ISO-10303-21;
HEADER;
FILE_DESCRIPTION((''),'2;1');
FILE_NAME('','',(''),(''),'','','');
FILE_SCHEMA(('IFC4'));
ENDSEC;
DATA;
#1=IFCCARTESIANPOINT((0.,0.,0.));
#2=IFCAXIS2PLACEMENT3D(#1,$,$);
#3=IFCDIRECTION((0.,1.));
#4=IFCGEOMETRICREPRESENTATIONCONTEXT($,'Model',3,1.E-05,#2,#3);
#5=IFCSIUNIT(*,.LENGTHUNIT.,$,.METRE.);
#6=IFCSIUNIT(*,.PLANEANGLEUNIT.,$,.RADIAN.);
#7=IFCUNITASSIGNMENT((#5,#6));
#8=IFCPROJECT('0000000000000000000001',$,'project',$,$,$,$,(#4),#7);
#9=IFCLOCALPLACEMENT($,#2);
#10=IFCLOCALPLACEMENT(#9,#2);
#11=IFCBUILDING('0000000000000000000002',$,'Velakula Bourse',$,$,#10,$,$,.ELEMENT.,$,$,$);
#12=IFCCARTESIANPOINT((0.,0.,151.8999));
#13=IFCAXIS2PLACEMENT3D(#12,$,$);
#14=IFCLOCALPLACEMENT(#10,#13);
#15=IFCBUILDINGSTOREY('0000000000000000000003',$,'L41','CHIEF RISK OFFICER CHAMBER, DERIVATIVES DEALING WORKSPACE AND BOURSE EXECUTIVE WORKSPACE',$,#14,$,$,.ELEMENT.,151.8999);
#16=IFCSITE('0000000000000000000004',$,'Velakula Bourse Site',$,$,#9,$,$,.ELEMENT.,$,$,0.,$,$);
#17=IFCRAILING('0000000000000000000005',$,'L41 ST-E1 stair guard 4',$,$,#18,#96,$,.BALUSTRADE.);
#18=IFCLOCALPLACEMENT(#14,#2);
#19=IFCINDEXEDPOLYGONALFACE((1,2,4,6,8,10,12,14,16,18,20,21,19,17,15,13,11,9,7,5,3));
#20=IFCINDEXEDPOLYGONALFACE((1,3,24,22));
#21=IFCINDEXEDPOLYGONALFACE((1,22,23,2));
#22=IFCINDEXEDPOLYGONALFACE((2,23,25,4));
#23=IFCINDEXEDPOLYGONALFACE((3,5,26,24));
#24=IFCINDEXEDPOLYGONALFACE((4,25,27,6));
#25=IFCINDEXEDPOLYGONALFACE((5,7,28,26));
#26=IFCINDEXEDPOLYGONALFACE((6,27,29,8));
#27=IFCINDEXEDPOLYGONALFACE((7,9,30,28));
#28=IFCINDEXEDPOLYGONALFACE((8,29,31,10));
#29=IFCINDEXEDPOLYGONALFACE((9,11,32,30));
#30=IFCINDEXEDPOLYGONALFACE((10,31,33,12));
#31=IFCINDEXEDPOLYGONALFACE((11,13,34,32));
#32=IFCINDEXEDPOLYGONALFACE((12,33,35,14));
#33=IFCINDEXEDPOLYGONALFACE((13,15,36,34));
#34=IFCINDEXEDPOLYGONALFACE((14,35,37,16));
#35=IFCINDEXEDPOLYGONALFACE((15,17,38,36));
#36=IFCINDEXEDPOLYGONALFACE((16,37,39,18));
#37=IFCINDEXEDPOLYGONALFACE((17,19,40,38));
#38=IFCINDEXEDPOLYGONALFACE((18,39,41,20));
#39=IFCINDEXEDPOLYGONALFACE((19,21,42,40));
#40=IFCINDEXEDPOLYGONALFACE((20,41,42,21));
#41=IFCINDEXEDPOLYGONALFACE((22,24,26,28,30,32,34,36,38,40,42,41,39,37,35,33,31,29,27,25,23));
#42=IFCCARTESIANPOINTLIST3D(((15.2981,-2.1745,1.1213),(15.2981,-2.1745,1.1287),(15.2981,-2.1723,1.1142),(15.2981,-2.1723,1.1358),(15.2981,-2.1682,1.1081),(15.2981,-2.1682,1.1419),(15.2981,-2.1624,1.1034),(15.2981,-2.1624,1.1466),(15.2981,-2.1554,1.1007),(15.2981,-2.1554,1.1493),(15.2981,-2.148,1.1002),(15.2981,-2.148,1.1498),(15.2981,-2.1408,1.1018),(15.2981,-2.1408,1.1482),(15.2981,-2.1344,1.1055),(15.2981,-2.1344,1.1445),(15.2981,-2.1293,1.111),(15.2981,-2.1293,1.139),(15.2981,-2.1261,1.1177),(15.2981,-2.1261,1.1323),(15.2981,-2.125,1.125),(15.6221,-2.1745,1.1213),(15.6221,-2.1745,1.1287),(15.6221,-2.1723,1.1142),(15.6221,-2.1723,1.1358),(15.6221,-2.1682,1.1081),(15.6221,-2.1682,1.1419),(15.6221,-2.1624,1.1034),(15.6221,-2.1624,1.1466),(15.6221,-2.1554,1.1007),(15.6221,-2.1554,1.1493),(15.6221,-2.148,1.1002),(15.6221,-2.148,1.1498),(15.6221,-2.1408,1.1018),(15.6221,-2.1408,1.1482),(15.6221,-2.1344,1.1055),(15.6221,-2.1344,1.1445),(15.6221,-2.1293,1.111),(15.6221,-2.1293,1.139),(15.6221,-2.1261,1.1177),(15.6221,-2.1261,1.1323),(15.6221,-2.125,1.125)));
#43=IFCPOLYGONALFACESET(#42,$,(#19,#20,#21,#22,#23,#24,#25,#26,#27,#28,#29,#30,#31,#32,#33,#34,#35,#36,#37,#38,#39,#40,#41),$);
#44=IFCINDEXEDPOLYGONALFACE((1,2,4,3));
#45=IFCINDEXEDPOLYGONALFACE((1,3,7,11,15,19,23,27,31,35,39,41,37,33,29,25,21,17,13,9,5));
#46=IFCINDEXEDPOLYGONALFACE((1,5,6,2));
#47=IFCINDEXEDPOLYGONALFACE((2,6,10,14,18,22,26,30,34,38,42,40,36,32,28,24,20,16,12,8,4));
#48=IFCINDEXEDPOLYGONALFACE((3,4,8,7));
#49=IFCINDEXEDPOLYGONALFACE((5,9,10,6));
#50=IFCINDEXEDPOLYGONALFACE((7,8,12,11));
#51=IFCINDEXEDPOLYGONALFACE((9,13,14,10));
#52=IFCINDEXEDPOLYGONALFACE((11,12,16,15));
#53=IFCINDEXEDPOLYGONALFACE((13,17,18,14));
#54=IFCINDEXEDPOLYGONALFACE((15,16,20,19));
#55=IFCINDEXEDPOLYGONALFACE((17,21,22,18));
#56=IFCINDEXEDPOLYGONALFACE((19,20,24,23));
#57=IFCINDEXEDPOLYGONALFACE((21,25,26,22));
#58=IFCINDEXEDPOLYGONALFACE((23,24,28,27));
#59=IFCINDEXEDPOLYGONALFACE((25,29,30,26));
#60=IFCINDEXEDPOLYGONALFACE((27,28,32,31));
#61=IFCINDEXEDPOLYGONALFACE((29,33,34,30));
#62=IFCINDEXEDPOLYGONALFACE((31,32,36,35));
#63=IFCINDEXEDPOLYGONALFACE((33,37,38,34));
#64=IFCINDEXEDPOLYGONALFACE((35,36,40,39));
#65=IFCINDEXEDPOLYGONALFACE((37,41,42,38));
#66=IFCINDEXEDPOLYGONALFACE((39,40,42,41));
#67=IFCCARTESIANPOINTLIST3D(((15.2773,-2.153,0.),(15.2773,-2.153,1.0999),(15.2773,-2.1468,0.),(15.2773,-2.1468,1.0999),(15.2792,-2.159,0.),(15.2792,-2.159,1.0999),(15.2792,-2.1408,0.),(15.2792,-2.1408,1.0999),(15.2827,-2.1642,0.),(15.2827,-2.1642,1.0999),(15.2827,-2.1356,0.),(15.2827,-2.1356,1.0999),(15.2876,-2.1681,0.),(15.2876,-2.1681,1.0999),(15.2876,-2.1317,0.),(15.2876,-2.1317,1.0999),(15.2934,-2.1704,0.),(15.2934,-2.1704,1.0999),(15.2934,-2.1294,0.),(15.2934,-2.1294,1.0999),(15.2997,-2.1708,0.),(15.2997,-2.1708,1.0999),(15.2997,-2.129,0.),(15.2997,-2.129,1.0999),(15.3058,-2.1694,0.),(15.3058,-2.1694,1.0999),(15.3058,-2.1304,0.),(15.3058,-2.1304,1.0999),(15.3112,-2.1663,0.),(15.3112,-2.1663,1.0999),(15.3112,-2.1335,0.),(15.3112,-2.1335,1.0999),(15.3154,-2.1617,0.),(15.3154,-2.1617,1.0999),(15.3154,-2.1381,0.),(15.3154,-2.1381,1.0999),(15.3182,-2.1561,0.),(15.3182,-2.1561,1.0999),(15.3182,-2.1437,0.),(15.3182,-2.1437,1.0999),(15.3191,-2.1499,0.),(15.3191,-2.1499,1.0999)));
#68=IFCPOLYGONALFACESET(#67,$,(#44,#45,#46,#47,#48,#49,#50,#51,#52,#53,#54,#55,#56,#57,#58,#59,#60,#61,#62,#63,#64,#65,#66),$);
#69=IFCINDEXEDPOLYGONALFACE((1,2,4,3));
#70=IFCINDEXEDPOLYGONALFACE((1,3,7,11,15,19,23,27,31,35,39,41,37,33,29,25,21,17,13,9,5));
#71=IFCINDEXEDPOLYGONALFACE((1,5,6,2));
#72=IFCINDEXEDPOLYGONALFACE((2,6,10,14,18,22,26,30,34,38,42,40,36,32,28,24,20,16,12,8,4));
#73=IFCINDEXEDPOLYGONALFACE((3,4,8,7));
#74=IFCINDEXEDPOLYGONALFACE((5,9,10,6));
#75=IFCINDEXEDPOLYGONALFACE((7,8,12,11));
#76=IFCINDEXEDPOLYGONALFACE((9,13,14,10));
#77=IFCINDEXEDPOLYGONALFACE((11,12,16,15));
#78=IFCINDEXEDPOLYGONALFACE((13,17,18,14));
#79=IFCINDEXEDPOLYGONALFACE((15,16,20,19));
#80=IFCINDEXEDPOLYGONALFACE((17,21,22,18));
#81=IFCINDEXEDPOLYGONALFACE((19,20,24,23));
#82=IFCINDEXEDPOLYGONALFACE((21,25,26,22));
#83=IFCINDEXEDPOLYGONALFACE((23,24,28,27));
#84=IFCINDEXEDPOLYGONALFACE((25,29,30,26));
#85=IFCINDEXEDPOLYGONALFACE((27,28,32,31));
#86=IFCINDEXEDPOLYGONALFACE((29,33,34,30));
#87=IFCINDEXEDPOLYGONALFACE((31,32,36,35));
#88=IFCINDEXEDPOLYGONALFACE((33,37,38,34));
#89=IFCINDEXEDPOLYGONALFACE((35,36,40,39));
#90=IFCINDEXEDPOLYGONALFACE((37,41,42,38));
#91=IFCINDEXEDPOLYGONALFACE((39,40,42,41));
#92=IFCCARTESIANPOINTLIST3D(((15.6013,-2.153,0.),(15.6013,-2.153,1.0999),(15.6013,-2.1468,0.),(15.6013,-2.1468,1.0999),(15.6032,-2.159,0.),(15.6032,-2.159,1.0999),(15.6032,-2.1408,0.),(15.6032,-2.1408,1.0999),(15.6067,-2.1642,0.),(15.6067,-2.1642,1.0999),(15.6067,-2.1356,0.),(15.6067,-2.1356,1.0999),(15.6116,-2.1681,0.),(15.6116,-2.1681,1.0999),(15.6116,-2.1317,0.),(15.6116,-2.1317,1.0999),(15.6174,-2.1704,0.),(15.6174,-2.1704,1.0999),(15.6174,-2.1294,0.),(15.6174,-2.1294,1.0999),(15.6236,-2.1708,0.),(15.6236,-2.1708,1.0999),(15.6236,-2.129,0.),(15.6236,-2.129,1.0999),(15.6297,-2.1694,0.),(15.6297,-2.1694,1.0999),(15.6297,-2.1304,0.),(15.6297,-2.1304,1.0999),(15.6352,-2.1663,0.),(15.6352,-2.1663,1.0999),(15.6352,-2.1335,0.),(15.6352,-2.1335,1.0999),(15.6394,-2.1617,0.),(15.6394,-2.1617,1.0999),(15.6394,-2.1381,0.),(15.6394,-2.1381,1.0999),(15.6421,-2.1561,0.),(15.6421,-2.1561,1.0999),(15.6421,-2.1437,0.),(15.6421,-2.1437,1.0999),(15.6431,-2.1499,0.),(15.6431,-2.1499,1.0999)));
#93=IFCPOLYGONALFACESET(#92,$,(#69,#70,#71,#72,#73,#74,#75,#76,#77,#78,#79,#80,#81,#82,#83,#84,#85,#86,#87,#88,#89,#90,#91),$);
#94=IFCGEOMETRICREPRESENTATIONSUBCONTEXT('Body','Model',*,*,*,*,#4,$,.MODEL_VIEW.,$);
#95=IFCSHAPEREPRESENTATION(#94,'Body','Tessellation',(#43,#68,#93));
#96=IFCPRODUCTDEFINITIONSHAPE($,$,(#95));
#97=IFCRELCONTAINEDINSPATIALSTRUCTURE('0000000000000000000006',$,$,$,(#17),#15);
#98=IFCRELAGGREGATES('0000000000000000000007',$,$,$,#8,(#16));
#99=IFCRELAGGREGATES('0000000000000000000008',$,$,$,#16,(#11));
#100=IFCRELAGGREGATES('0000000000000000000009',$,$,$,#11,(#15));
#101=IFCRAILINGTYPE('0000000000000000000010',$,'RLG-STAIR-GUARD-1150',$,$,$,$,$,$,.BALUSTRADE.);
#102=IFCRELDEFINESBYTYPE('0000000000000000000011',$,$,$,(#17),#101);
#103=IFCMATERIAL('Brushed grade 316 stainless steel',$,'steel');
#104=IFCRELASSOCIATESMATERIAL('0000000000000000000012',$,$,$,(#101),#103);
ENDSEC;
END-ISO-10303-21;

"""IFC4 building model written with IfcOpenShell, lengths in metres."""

from ifc_helpers import new_model, si_unit, direction, frame, origin, origin_2d, place, context, subcontext, project, spatial, circle, extrude, material, type_object, element, save


model = new_model("IFC4")

# Units and contexts
model_context = context("Model", 3, precision=1e-05, world=origin(), true_north=direction((0.0, 1.0)))
body_context = subcontext(model_context, "Body", "Model", "MODEL_VIEW")
ifc_project = project(units=[si_unit("LENGTHUNIT", "METRE"), si_unit("PLANEANGLEUNIT", "RADIAN")], contexts=[model_context])

# Site, building, storey
site_placement = place(None, origin())
site = spatial("IfcSite", under=ifc_project, at=site_placement, Name="Velakula Bourse Site", CompositionType="ELEMENT", RefElevation=0.0)
building_placement = place(site_placement, origin())
building = spatial("IfcBuilding", under=site, at=building_placement, Name="Velakula Bourse", CompositionType="ELEMENT")
storey_placement = place(building_placement, frame((0.0, 0.0, 151.8999)))
storey = spatial("IfcBuildingStorey", under=building, at=storey_placement, Name="L41", Description="CHIEF RISK OFFICER CHAMBER, DERIVATIVES DEALING WORKSPACE AND BOURSE EXECUTIVE WORKSPACE", CompositionType="ELEMENT", Elevation=151.8999)

# Shared definitions
ifc_material_1 = material(Name="Brushed grade 316 stainless steel", Category="steel")

# Railing
railing_type_1 = type_object("IfcRailingType", Name="RLG-STAIR-GUARD-1150", PredefinedType="BALUSTRADE", material=ifc_material_1)
railing_1_placement = place(storey_placement, frame((15.2981, -2.1499, 0.0)))
element("IfcRailing", 1, at=railing_1_placement, inside=storey, type_object=railing_type_1, Name="L41 ST-E1 stair guard 4", PredefinedType="BALUSTRADE", context=body_context, shape_type="SweptSolid", body=[
    extrude(circle(Radius=0.0249, at=origin_2d()), frame((0.0, 0.0, 1.125), z_axis=(1.0, 0.0, 0.0), x_axis=(0.0, 1.0, 0.0)), (0.0, 0.0, 1.0), 0.324),
    extrude(circle(Radius=0.021, at=origin_2d()), origin(), (0.0, 0.0, 1.0), 1.0999),
    extrude(circle(Radius=0.021, at=origin_2d()), frame((0.324, 0.0, 0.0)), (0.0, 0.0, 1.0), 1.0999),
])

save(model, "model.ifc")
